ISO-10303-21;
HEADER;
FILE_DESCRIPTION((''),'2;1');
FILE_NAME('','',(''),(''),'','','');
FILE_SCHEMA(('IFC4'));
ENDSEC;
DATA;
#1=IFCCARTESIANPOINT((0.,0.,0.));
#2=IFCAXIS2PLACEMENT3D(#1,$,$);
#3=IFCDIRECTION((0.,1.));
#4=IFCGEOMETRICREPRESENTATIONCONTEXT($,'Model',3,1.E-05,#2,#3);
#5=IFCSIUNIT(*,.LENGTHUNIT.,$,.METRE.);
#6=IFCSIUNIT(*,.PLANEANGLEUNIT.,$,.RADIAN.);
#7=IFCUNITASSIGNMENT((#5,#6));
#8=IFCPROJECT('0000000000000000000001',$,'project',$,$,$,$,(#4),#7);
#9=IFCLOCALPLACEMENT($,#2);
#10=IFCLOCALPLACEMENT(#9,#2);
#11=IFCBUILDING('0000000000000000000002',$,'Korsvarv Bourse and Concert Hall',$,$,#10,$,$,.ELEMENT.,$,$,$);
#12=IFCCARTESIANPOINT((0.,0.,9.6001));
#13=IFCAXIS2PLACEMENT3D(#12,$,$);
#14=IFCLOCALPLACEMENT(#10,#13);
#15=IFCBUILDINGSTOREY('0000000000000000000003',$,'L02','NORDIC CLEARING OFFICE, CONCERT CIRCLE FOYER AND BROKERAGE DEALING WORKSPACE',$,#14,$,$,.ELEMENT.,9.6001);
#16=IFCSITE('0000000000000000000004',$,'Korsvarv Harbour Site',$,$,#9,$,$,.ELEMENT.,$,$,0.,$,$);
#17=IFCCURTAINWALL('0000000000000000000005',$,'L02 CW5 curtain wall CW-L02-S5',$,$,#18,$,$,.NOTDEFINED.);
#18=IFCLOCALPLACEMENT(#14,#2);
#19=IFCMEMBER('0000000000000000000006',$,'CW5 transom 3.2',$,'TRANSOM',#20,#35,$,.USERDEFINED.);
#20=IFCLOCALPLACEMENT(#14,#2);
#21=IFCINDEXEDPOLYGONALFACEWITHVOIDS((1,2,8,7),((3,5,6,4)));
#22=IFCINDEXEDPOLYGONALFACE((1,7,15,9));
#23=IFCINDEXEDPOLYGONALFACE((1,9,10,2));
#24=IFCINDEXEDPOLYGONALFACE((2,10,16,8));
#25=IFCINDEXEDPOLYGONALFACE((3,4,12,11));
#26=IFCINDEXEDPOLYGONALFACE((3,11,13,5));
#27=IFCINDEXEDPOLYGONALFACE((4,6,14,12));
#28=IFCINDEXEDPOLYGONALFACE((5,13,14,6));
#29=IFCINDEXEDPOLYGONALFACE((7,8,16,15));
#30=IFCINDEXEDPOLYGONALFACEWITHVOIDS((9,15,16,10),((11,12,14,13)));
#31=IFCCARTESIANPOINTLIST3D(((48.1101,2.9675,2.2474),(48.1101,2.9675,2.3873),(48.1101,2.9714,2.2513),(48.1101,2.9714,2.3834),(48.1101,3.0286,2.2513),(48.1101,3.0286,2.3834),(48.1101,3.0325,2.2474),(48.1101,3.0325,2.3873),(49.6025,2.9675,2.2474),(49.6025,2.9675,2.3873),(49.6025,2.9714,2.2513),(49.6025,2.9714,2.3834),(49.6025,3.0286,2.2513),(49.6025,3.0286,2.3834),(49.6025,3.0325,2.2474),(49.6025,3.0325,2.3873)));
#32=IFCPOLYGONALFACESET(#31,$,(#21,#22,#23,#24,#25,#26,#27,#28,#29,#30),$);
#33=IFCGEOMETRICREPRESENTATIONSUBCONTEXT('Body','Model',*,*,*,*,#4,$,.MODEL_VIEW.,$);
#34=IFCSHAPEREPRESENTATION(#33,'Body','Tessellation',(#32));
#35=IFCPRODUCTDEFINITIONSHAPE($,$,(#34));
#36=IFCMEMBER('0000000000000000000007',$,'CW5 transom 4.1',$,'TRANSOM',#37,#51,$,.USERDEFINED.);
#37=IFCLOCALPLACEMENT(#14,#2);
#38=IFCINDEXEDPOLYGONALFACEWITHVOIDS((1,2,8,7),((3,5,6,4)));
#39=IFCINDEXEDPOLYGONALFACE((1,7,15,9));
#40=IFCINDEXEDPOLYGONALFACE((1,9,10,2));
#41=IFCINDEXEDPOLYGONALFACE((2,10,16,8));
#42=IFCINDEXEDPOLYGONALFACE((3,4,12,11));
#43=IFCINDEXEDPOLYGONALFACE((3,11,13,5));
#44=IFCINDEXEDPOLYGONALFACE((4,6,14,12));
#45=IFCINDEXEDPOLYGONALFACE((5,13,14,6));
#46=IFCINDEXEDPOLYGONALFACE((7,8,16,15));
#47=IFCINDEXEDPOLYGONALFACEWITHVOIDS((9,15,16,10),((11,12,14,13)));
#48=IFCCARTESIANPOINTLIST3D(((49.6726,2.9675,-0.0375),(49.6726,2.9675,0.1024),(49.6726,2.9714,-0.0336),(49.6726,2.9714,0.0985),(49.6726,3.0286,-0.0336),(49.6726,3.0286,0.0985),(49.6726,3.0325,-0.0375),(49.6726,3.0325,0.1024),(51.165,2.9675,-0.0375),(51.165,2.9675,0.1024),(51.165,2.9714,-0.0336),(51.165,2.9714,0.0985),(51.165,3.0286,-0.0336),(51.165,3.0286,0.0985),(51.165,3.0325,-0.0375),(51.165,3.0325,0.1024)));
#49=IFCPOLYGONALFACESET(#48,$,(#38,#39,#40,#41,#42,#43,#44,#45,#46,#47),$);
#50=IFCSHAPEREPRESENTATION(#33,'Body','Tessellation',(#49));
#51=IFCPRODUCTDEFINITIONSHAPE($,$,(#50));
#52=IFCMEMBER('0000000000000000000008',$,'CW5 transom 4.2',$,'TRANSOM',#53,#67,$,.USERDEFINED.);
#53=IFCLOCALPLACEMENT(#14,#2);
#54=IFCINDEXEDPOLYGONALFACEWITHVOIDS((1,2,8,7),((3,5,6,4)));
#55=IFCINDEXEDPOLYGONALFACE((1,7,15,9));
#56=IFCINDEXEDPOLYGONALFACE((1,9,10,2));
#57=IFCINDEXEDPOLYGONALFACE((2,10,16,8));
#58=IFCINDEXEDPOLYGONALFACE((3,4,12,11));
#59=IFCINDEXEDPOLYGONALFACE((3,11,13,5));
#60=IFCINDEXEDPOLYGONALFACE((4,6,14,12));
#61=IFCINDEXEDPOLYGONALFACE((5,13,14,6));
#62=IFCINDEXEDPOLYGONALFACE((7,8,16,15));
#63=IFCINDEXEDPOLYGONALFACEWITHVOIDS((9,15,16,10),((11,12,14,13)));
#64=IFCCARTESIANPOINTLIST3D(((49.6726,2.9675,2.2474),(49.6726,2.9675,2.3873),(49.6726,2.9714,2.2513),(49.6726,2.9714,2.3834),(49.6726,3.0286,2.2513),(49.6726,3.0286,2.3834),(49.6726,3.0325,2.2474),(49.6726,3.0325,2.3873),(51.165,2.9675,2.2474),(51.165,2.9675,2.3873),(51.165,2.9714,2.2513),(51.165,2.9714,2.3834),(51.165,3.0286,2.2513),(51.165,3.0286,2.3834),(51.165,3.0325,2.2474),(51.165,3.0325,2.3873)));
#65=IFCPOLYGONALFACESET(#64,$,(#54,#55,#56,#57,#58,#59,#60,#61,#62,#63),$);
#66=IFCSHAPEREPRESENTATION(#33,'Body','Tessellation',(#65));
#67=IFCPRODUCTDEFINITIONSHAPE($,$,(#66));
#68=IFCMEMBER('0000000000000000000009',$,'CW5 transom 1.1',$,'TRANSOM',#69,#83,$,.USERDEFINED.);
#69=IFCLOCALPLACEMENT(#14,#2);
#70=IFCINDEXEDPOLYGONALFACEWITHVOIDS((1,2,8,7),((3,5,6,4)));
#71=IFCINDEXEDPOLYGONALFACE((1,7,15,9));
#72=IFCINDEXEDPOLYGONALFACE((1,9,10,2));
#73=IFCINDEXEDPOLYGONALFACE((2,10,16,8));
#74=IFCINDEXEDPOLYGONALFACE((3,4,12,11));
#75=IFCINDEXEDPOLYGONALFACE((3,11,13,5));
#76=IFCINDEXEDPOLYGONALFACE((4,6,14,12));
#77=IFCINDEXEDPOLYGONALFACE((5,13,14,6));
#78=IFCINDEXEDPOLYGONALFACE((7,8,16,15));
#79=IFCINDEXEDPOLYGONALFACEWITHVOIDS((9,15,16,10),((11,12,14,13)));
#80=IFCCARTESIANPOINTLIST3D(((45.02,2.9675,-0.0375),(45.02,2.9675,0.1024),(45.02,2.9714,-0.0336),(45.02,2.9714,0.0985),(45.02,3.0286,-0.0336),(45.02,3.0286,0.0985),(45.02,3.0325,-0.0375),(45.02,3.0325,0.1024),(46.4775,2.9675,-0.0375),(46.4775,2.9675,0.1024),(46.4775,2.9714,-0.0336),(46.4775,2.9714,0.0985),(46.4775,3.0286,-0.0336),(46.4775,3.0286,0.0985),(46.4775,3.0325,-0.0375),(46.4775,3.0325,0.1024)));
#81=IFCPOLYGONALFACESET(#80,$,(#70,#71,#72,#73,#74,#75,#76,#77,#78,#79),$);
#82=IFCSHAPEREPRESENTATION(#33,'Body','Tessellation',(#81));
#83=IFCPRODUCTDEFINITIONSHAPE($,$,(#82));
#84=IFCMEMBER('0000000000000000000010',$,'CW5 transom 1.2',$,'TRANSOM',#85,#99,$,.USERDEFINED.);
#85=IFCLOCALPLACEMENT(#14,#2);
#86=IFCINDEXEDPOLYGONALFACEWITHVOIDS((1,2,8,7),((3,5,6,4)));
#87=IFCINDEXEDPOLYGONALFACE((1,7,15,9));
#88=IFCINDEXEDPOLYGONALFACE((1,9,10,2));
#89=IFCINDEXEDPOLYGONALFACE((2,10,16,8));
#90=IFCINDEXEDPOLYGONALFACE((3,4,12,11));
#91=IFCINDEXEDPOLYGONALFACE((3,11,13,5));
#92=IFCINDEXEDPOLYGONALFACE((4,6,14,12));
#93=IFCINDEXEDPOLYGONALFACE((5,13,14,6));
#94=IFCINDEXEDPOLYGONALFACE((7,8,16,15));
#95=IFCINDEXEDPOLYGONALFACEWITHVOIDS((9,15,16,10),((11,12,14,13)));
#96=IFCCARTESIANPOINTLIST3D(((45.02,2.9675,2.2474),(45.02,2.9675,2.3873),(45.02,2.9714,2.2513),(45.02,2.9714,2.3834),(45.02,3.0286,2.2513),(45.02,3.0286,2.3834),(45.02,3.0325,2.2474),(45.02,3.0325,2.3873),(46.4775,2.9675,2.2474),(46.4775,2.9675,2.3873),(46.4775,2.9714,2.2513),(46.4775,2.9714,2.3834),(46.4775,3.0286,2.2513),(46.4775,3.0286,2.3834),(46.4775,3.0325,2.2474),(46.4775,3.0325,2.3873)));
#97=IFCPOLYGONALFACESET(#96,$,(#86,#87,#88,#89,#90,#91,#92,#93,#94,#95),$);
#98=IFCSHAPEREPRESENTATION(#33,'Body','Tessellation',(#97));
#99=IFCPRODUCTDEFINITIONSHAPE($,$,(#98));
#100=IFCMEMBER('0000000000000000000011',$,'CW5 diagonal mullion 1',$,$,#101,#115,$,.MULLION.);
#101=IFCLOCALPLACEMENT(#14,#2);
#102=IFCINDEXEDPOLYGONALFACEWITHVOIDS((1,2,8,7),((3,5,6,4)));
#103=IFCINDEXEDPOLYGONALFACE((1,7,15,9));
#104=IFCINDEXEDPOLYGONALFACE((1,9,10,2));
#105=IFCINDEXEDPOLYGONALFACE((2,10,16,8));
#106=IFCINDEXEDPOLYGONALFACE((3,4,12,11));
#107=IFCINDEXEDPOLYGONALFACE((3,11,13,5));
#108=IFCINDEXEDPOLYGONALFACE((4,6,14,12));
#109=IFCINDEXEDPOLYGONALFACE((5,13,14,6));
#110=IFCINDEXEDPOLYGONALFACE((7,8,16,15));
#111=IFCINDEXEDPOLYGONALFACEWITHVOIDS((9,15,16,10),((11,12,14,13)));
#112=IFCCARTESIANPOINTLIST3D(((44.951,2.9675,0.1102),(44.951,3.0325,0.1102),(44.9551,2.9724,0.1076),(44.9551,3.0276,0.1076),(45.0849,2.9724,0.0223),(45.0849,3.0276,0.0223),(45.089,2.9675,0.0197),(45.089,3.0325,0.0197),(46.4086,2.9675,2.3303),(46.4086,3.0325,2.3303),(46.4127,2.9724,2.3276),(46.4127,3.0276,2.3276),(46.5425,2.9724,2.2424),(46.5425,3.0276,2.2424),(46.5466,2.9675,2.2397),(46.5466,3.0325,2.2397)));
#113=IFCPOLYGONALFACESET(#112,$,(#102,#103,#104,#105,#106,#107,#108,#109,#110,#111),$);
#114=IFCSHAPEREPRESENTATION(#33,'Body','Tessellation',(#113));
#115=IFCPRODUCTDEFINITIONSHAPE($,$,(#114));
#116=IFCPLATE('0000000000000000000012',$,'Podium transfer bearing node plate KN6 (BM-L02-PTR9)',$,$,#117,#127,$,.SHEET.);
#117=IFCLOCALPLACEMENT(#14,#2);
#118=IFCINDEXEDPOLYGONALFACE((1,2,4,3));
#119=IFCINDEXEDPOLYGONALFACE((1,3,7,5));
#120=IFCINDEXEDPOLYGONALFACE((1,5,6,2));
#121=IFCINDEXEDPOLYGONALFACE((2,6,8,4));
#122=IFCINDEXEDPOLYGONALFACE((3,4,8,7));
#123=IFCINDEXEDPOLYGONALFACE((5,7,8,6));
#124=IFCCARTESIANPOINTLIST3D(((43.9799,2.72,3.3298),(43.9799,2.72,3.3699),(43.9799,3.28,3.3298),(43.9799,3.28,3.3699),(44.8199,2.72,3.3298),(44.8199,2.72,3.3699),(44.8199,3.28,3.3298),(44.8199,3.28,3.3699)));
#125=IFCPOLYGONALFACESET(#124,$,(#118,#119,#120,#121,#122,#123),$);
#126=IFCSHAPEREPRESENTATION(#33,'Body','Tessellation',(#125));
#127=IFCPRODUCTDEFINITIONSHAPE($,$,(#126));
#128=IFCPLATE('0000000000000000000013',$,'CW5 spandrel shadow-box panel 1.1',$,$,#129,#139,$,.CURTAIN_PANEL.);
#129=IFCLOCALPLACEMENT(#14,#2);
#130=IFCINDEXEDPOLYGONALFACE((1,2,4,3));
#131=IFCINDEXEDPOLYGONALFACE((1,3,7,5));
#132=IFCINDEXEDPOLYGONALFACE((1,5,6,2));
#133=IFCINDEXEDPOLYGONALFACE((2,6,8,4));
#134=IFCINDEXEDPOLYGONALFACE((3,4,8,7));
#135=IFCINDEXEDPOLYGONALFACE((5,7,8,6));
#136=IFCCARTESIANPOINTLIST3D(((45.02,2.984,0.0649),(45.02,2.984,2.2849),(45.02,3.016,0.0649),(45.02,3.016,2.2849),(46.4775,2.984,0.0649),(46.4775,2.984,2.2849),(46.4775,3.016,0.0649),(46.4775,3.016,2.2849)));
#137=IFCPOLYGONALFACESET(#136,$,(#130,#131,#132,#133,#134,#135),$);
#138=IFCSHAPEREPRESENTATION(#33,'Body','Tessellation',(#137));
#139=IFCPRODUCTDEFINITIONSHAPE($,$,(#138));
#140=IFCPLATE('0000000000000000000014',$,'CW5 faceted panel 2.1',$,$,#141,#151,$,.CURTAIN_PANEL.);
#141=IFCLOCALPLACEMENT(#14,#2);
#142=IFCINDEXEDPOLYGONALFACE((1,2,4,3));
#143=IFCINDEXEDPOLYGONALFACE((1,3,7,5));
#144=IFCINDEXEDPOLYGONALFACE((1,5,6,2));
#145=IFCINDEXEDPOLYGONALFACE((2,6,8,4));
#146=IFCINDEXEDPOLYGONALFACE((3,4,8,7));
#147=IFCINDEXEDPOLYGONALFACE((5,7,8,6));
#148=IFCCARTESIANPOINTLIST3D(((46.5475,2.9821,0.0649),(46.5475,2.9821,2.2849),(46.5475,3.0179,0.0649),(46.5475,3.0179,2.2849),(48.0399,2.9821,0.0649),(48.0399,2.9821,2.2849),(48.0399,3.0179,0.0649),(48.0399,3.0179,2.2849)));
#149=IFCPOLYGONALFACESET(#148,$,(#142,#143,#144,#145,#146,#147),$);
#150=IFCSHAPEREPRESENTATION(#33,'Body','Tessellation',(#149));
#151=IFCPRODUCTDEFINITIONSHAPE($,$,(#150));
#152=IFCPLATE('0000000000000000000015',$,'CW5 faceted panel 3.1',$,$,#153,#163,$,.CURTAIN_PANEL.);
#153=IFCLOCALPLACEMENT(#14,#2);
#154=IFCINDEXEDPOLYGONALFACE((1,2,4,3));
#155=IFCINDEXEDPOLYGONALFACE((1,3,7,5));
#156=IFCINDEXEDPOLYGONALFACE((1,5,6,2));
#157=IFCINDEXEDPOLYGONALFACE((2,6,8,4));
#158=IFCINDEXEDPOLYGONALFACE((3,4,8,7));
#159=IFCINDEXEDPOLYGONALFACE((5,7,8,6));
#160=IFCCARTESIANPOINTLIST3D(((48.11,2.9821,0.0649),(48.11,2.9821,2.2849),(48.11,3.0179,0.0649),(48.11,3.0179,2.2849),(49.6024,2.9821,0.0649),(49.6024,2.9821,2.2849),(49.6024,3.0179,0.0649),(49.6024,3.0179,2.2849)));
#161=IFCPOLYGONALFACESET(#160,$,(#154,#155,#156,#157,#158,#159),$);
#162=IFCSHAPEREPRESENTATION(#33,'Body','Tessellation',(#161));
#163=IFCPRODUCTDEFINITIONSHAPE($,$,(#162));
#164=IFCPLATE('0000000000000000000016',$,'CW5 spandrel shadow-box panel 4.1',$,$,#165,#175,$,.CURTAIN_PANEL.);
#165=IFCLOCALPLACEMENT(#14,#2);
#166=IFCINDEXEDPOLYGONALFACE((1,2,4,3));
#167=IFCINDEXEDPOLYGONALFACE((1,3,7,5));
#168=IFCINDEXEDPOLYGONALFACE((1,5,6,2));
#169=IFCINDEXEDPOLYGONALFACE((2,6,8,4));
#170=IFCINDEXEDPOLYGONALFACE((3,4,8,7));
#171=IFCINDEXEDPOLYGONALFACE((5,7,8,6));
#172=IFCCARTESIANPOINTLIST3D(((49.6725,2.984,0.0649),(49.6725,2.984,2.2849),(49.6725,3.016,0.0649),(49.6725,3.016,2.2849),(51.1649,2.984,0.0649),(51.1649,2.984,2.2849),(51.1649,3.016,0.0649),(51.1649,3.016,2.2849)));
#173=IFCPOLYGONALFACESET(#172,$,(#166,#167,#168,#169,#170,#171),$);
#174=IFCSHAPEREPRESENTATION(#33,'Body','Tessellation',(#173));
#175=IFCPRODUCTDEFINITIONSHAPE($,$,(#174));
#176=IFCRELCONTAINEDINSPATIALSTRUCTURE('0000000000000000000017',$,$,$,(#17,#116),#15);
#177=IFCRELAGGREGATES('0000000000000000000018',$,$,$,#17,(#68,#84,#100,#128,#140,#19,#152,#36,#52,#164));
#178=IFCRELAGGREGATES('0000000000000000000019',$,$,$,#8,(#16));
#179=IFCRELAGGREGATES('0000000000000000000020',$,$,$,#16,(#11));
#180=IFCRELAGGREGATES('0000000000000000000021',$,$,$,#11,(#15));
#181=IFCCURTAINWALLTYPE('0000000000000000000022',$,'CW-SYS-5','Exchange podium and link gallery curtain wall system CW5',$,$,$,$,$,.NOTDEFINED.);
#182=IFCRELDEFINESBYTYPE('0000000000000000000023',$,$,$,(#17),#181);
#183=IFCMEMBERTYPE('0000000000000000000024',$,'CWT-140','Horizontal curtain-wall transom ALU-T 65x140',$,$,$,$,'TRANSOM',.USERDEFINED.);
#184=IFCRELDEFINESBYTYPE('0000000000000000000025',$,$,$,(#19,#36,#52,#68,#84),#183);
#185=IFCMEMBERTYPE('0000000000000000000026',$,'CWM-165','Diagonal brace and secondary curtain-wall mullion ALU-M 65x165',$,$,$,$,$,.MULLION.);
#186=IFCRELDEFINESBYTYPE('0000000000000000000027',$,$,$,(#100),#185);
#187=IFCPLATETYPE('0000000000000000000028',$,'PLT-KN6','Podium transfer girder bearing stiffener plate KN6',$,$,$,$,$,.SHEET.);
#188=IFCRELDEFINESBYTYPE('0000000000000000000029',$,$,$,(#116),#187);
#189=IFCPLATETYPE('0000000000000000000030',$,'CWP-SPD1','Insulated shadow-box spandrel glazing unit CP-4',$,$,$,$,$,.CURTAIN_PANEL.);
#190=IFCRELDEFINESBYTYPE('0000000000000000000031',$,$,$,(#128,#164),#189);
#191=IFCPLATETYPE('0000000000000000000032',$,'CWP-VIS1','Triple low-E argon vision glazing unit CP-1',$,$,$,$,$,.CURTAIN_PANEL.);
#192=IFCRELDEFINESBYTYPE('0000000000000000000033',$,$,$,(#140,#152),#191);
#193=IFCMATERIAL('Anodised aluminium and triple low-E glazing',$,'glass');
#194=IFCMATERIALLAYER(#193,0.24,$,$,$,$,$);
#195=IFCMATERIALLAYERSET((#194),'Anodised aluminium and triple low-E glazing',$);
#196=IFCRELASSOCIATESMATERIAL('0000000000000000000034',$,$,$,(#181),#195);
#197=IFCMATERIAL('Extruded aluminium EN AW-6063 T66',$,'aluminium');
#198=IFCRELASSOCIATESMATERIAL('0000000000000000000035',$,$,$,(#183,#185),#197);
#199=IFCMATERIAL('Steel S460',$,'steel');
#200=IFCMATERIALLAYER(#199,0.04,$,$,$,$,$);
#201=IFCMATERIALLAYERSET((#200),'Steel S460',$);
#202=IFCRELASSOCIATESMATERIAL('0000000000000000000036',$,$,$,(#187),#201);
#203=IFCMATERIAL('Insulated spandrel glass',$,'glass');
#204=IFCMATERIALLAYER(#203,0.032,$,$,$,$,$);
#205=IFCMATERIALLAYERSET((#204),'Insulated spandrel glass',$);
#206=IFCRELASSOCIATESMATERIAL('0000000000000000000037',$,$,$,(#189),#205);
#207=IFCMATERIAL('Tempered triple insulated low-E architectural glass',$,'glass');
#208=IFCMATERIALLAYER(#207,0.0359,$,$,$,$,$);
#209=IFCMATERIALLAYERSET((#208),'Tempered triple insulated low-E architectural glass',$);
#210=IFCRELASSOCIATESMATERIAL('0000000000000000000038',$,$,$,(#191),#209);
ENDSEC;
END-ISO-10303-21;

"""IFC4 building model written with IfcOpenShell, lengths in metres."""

from ifc_helpers import new_model, si_unit, direction, frame, origin, origin_2d, place, context, subcontext, project, spatial, rectangle, hollow_rectangle, extrude, source, transform, mapped, material, layer, layer_set, material_profile, profile_set, type_object, element, aggregate, save


model = new_model("IFC4")

# Units and contexts
model_context = context("Model", 3, precision=1e-05, world=origin(), true_north=direction((0.0, 1.0)))
body_context = subcontext(model_context, "Body", "Model", "MODEL_VIEW")
ifc_project = project(units=[si_unit("LENGTHUNIT", "METRE"), si_unit("PLANEANGLEUNIT", "RADIAN")], contexts=[model_context])

# Site, building, storey
site_placement = place(None, origin())
site = spatial("IfcSite", under=ifc_project, at=site_placement, Name="Korsvarv Harbour Site", CompositionType="ELEMENT", RefElevation=0.0)
building_placement = place(site_placement, origin())
building = spatial("IfcBuilding", under=site, at=building_placement, Name="Korsvarv Bourse and Concert Hall", CompositionType="ELEMENT")
storey_placement = place(building_placement, frame((0.0, 0.0, 9.6001)))
storey = spatial("IfcBuildingStorey", under=building, at=storey_placement, Name="L02", Description="NORDIC CLEARING OFFICE, CONCERT CIRCLE FOYER AND BROKERAGE DEALING WORKSPACE", CompositionType="ELEMENT", Elevation=9.6001)

# Curtain wall, members
ifc_material_1 = material(Name="Anodised aluminium and triple low-E glazing", Category="glass")
ifc_layer_1 = layer(ifc_material_1, 0.24)
ifc_layer_set_1 = layer_set([ifc_layer_1], Name="Anodised aluminium and triple low-E glazing")
curtain_wall_type = type_object("IfcCurtainWallType", Name="CW-SYS-5", Description="Exchange podium and link gallery curtain wall system CW5", PredefinedType="NOTDEFINED", material=ifc_layer_set_1)
curtain_wall_placement = place(storey_placement, origin())
curtain_wall = element("IfcCurtainWall", 1, at=curtain_wall_placement, inside=storey, type_object=curtain_wall_type, Name="L02 CW5 curtain wall CW-L02-S5", PredefinedType="NOTDEFINED")
ifc_material_2 = material(Name="Extruded aluminium EN AW-6063 T66", Category="aluminium")
ifc_material_profile_1 = material_profile(ifc_material_2, hollow_rectangle(XDim=0.0649, YDim=0.1399, WallThickness=0.0039, at=origin_2d()), Name="ALU-T 65x140")
ifc_profile_set_1 = profile_set([ifc_material_profile_1], Name="Extruded aluminium EN AW-6063 T66")
member_type_1 = type_object("IfcMemberType", Name="CWT-140", Description="Horizontal curtain-wall transom ALU-T 65x140", ElementType="TRANSOM", PredefinedType="USERDEFINED", material=ifc_profile_set_1)
shared_shape_1 = source(origin(), body_context, "Body", "SweptSolid", [
    extrude(hollow_rectangle(XDim=0.0649, YDim=0.1399, WallThickness=0.0039, at=origin_2d()), origin(), (0.0, 0.0, 1.0), 1.4924),
])
member_1_placement = place(storey_placement, frame((48.1101, 3.0, 2.3174), z_axis=(1.0, 0.0, 0.0), x_axis=(0.0, 1.0, 0.0)))
member_1 = element("IfcMember", 2, at=member_1_placement, type_object=member_type_1, Name="CW5 transom 3.2", ObjectType="TRANSOM", PredefinedType="USERDEFINED", context=body_context, shape_type="MappedRepresentation", body=[
    mapped(shared_shape_1, transform((0.0, 0.0, 0.0), scale=1.0)),
])
member_2_placement = place(storey_placement, frame((49.6726, 3.0, 0.0325), z_axis=(1.0, 0.0, 0.0), x_axis=(0.0, 1.0, 0.0)))
member_2 = element("IfcMember", 3, at=member_2_placement, type_object=member_type_1, Name="CW5 transom 4.1", ObjectType="TRANSOM", PredefinedType="USERDEFINED", context=body_context, shape_type="MappedRepresentation", body=[
    mapped(shared_shape_1, transform((0.0, 0.0, 0.0), scale=1.0)),
])
member_3_placement = place(storey_placement, frame((49.6726, 3.0, 2.3174), z_axis=(1.0, 0.0, 0.0), x_axis=(0.0, 1.0, 0.0)))
member_3 = element("IfcMember", 4, at=member_3_placement, type_object=member_type_1, Name="CW5 transom 4.2", ObjectType="TRANSOM", PredefinedType="USERDEFINED", context=body_context, shape_type="MappedRepresentation", body=[
    mapped(shared_shape_1, transform((0.0, 0.0, 0.0), scale=1.0)),
])
shared_shape_2 = source(origin(), body_context, "Body", "SweptSolid", [
    extrude(hollow_rectangle(XDim=0.0649, YDim=0.1399, WallThickness=0.0039, at=origin_2d()), origin(), (0.0, 0.0, 1.0), 1.4575),
])
member_4_placement = place(storey_placement, frame((45.02, 3.0, 0.0325), z_axis=(1.0, 0.0, 0.0), x_axis=(0.0, 1.0, 0.0)))
member_4 = element("IfcMember", 5, at=member_4_placement, type_object=member_type_1, Name="CW5 transom 1.1", ObjectType="TRANSOM", PredefinedType="USERDEFINED", context=body_context, shape_type="MappedRepresentation", body=[
    mapped(shared_shape_2, transform((0.0, 0.0, 0.0), scale=1.0)),
])
member_5_placement = place(storey_placement, frame((45.02, 3.0, 2.3174), z_axis=(1.0, 0.0, 0.0), x_axis=(0.0, 1.0, 0.0)))
member_5 = element("IfcMember", 6, at=member_5_placement, type_object=member_type_1, Name="CW5 transom 1.2", ObjectType="TRANSOM", PredefinedType="USERDEFINED", context=body_context, shape_type="MappedRepresentation", body=[
    mapped(shared_shape_2, transform((0.0, 0.0, 0.0), scale=1.0)),
])
ifc_material_profile_2 = material_profile(ifc_material_2, hollow_rectangle(XDim=0.0649, YDim=0.165, WallThickness=0.0049, at=origin_2d()), Name="ALU-M 65x165")
ifc_profile_set_2 = profile_set([ifc_material_profile_2], Name="Extruded aluminium EN AW-6063 T66")
member_type_2 = type_object("IfcMemberType", Name="CWM-165", Description="Diagonal brace and secondary curtain-wall mullion ALU-M 65x165", PredefinedType="MULLION", material=ifc_profile_set_2)
shared_shape_3 = source(origin(), body_context, "Body", "SweptSolid", [
    extrude(hollow_rectangle(XDim=0.0649, YDim=0.165, WallThickness=0.0049, at=origin_2d()), origin(), (0.0, 0.0, 1.0), 2.6558),
])
member_6_placement = place(storey_placement, frame((45.02, 3.0, 0.0649), z_axis=(0.548831, 0.0, 0.835933), x_axis=(0.0, 1.0, 0.0)))
member_6 = element("IfcMember", 7, at=member_6_placement, type_object=member_type_2, Name="CW5 diagonal mullion 1", PredefinedType="MULLION", context=body_context, shape_type="MappedRepresentation", body=[
    mapped(shared_shape_3, transform((0.0, 0.0, 0.0), scale=1.0)),
])

# Plates
ifc_material_3 = material(Name="Steel S460", Category="steel")
ifc_layer_2 = layer(ifc_material_3, 0.04)
ifc_layer_set_2 = layer_set([ifc_layer_2], Name="Steel S460")
plate_type_1 = type_object("IfcPlateType", Name="PLT-KN6", Description="Podium transfer girder bearing stiffener plate KN6", PredefinedType="SHEET", material=ifc_layer_set_2)
shared_shape_4 = source(origin(), body_context, "Body", "SweptSolid", [
    extrude(rectangle(XDim=0.8401, YDim=0.5601, at=origin_2d()), origin(), (0.0, 0.0, 1.0), 0.04),
])
plate_1_placement = place(storey_placement, frame((44.3999, 3.0, 3.3298), z_axis=(0.0, 0.0, 1.0), x_axis=(1.0, 0.0, 0.0)))
element("IfcPlate", 8, at=plate_1_placement, inside=storey, type_object=plate_type_1, Name="Podium transfer bearing node plate KN6 (BM-L02-PTR9)", PredefinedType="SHEET", context=body_context, shape_type="MappedRepresentation", body=[
    mapped(shared_shape_4, transform((0.0, 0.0, 0.0), scale=1.0)),
])
ifc_material_4 = material(Name="Insulated spandrel glass", Category="glass")
ifc_layer_3 = layer(ifc_material_4, 0.032)
ifc_layer_set_3 = layer_set([ifc_layer_3], Name="Insulated spandrel glass")
plate_type_2 = type_object("IfcPlateType", Name="CWP-SPD1", Description="Insulated shadow-box spandrel glazing unit CP-4", PredefinedType="CURTAIN_PANEL", material=ifc_layer_set_3)
shared_shape_5 = source(origin(), body_context, "Body", "SweptSolid", [
    extrude(rectangle(XDim=1.4575, YDim=0.032, at=origin_2d()), origin(), (0.0, 0.0, 1.0), 2.22),
])
plate_2_placement = place(storey_placement, frame((45.7488, 3.0, 0.0649), z_axis=(0.0, 0.0, 1.0), x_axis=(1.0, 0.0, 0.0)))
plate_2 = element("IfcPlate", 9, at=plate_2_placement, type_object=plate_type_2, Name="CW5 spandrel shadow-box panel 1.1", PredefinedType="CURTAIN_PANEL", context=body_context, shape_type="MappedRepresentation", body=[
    mapped(shared_shape_5, transform((0.0, 0.0, 0.0), scale=1.0)),
])
ifc_material_5 = material(Name="Tempered triple insulated low-E architectural glass", Category="glass")
ifc_layer_4 = layer(ifc_material_5, 0.0359)
ifc_layer_set_4 = layer_set([ifc_layer_4], Name="Tempered triple insulated low-E architectural glass")
plate_type_3 = type_object("IfcPlateType", Name="CWP-VIS1", Description="Triple low-E argon vision glazing unit CP-1", PredefinedType="CURTAIN_PANEL", material=ifc_layer_set_4)
shared_shape_6 = source(origin(), body_context, "Body", "SweptSolid", [
    extrude(rectangle(XDim=1.4924, YDim=0.0359, at=origin_2d()), origin(), (0.0, 0.0, 1.0), 2.22),
])
plate_3_placement = place(storey_placement, frame((47.2937, 3.0, 0.0649), z_axis=(0.0, 0.0, 1.0), x_axis=(1.0, 0.0, 0.0)))
plate_3 = element("IfcPlate", 10, at=plate_3_placement, type_object=plate_type_3, Name="CW5 faceted panel 2.1", PredefinedType="CURTAIN_PANEL", context=body_context, shape_type="MappedRepresentation", body=[
    mapped(shared_shape_6, transform((0.0, 0.0, 0.0), scale=1.0)),
])
plate_4_placement = place(storey_placement, frame((48.8562, 3.0, 0.0649), z_axis=(0.0, 0.0, 1.0), x_axis=(1.0, 0.0, 0.0)))
plate_4 = element("IfcPlate", 11, at=plate_4_placement, type_object=plate_type_3, Name="CW5 faceted panel 3.1", PredefinedType="CURTAIN_PANEL", context=body_context, shape_type="MappedRepresentation", body=[
    mapped(shared_shape_6, transform((0.0, 0.0, 0.0), scale=1.0)),
])
shared_shape_7 = source(origin(), body_context, "Body", "SweptSolid", [
    extrude(rectangle(XDim=1.4924, YDim=0.032, at=origin_2d()), origin(), (0.0, 0.0, 1.0), 2.22),
])
plate_5_placement = place(storey_placement, frame((50.4187, 3.0, 0.0649), z_axis=(0.0, 0.0, 1.0), x_axis=(1.0, 0.0, 0.0)))
plate_5 = element("IfcPlate", 12, at=plate_5_placement, type_object=plate_type_2, Name="CW5 spandrel shadow-box panel 4.1", PredefinedType="CURTAIN_PANEL", context=body_context, shape_type="MappedRepresentation", body=[
    mapped(shared_shape_7, transform((0.0, 0.0, 0.0), scale=1.0)),
])
aggregate(curtain_wall, [member_4, member_5, member_6, plate_2, plate_3, member_1, plate_4, member_2, member_3, plate_5])

save(model, "model.ifc")
